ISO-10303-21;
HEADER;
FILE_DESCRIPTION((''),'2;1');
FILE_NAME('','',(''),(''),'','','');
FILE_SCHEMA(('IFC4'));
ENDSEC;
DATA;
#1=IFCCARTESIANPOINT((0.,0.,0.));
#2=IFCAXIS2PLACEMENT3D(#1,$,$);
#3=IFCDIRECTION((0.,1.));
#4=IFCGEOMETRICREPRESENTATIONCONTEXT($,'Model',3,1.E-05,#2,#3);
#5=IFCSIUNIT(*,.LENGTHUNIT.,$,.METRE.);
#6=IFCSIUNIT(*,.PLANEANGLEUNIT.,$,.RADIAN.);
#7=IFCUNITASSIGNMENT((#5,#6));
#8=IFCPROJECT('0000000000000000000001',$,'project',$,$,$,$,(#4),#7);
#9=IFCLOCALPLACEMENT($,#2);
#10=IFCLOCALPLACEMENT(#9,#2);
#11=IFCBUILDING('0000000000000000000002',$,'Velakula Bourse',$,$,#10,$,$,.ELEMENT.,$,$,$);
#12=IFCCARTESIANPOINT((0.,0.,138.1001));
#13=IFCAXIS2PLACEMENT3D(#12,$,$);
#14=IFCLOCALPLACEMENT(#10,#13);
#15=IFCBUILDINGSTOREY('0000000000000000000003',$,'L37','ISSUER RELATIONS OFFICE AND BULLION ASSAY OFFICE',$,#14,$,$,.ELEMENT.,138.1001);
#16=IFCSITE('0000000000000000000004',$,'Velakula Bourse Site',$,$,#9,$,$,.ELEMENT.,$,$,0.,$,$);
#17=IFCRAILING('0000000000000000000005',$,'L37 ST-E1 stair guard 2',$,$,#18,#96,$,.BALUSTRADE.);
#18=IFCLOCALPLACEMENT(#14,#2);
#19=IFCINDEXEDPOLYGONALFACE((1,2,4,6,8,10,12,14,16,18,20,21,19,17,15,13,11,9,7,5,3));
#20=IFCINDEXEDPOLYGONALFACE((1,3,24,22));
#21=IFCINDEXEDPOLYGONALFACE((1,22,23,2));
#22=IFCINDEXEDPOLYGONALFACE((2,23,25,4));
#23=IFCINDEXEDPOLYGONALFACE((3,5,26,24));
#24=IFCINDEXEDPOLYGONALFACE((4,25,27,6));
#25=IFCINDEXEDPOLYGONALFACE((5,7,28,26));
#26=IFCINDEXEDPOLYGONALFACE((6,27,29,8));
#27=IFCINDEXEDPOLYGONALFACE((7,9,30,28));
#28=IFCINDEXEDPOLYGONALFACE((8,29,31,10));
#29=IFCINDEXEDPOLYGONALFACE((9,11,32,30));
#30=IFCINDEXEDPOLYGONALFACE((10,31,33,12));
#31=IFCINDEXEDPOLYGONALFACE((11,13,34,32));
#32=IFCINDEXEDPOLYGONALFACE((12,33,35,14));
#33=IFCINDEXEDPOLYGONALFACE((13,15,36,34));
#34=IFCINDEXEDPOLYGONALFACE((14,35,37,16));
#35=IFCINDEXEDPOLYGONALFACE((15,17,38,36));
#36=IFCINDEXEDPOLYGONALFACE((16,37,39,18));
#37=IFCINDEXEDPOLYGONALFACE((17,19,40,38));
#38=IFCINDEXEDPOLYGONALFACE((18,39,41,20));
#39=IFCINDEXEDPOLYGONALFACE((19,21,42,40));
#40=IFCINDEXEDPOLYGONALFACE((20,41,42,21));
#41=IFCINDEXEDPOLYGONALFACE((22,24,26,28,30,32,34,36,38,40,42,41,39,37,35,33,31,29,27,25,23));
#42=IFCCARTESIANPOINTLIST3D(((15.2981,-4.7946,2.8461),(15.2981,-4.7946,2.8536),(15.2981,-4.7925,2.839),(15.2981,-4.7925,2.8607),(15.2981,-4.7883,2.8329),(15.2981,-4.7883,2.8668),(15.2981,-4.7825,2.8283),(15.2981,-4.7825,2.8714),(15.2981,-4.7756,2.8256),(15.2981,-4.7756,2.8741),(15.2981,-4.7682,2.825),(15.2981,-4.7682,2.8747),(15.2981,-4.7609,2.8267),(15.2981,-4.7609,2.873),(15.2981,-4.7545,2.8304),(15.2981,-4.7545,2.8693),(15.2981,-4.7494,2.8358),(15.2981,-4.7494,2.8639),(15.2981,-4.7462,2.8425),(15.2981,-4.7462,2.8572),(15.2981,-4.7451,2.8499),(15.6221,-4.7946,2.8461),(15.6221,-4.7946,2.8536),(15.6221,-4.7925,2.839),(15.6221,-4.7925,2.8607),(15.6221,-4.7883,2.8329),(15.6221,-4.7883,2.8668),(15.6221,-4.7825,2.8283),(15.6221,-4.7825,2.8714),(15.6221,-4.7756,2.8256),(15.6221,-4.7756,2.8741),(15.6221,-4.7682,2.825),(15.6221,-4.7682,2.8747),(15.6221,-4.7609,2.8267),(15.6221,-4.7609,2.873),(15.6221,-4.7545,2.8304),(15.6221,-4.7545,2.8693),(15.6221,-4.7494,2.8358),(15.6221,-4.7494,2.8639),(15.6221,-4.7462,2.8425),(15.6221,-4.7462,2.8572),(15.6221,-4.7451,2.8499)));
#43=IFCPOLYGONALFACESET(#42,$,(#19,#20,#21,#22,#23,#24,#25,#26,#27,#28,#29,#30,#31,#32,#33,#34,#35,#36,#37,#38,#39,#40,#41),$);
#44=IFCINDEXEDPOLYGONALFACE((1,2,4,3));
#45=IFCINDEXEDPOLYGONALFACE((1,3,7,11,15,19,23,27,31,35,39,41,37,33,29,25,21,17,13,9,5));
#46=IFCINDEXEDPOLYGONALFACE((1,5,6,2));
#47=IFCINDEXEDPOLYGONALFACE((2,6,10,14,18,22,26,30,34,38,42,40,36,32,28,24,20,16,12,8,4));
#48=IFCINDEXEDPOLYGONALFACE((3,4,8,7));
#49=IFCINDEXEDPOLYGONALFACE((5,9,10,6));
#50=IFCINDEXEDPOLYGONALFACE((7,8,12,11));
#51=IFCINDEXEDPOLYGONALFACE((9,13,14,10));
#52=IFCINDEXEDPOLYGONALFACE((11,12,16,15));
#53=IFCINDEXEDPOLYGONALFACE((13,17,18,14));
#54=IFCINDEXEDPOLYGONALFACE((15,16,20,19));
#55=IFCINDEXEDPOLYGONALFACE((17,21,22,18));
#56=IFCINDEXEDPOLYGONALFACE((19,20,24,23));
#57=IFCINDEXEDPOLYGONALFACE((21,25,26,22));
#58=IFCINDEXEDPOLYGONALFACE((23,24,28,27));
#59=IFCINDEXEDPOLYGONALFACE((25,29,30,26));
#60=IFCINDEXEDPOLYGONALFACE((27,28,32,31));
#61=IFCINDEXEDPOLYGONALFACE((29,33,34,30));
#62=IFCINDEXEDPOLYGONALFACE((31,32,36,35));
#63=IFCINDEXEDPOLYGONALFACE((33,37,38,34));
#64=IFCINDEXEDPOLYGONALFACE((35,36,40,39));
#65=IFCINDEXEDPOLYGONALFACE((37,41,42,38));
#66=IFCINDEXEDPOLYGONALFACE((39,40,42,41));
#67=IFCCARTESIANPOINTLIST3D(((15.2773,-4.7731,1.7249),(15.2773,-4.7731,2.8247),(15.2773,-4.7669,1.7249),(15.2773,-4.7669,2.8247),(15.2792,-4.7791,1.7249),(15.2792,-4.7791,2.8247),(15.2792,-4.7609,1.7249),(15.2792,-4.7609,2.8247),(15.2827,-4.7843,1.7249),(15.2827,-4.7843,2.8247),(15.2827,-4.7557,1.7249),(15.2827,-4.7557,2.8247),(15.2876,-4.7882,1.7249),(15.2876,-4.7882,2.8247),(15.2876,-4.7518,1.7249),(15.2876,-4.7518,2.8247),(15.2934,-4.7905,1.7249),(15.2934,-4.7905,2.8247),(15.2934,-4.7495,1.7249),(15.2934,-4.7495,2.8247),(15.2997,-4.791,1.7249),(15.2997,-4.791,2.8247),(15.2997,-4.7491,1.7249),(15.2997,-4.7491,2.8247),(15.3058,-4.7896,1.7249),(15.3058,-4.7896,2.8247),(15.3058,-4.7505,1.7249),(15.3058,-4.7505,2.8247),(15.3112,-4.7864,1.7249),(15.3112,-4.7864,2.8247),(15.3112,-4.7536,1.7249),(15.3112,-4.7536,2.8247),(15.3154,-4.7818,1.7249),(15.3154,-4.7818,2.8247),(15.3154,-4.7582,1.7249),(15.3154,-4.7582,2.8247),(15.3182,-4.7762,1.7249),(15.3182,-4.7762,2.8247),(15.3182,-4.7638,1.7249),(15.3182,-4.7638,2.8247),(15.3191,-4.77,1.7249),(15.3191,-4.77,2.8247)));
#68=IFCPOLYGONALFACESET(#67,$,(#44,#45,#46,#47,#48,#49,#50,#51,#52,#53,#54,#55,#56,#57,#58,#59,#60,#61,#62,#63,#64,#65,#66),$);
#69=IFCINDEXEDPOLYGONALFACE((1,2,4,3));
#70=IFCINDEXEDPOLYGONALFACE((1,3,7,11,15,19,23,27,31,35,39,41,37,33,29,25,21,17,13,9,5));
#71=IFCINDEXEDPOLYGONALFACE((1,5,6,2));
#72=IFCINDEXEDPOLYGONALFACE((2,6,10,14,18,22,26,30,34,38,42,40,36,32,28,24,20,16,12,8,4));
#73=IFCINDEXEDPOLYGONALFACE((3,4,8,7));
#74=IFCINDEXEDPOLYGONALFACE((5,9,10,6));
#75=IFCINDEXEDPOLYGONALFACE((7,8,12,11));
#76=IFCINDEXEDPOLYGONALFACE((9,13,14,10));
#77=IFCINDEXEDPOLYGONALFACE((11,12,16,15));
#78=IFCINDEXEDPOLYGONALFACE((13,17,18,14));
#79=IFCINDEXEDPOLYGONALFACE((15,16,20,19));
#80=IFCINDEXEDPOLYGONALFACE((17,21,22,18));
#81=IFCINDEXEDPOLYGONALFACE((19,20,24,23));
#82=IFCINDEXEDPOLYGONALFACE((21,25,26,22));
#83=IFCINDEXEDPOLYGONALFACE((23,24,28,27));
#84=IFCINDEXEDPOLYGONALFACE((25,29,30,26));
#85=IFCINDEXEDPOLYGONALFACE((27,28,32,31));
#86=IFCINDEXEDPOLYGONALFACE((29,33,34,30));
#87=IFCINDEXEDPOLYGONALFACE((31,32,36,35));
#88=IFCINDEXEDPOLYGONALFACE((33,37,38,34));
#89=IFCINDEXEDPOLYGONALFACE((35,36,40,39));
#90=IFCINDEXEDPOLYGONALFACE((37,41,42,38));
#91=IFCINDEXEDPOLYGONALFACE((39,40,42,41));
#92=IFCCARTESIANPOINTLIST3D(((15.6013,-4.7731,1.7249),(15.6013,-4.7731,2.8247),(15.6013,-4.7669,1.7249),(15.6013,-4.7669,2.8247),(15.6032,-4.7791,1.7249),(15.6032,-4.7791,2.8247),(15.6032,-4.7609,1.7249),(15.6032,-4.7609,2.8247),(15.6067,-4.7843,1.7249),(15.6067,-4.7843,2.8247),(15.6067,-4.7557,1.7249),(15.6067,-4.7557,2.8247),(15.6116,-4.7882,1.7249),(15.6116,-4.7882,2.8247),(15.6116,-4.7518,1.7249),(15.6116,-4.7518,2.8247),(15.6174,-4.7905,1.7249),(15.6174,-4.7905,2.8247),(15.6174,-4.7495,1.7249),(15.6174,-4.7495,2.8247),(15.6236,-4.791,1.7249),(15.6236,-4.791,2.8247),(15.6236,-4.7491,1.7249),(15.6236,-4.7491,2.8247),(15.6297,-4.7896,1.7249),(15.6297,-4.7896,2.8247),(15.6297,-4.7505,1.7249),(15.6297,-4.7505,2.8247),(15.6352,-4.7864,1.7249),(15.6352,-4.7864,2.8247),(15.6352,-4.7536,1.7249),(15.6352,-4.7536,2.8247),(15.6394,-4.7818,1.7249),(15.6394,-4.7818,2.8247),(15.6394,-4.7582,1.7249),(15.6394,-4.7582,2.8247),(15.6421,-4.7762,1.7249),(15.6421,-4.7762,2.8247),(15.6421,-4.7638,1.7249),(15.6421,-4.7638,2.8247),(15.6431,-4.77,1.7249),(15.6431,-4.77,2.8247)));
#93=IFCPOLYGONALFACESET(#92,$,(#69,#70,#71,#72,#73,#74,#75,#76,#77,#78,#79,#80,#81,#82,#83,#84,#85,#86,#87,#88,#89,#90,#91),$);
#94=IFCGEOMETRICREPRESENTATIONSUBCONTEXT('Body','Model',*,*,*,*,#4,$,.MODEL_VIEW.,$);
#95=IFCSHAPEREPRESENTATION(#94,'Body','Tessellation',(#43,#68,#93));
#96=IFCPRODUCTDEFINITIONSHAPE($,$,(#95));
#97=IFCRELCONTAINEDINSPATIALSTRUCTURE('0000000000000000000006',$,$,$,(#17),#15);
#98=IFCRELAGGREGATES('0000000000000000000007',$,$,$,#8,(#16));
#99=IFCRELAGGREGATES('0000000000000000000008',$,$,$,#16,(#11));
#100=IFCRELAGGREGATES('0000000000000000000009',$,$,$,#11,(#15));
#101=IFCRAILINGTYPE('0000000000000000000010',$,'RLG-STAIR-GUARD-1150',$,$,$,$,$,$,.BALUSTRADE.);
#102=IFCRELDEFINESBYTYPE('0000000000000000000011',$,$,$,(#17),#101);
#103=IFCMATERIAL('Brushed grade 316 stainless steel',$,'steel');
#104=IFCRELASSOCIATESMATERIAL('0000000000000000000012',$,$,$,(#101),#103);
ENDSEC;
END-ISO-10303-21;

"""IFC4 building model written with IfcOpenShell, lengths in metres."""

from ifc_helpers import new_model, si_unit, direction, frame, origin, origin_2d, place, context, subcontext, project, spatial, circle, extrude, material, type_object, element, save


model = new_model("IFC4")

# Units and contexts
model_context = context("Model", 3, precision=1e-05, world=origin(), true_north=direction((0.0, 1.0)))
body_context = subcontext(model_context, "Body", "Model", "MODEL_VIEW")
ifc_project = project(units=[si_unit("LENGTHUNIT", "METRE"), si_unit("PLANEANGLEUNIT", "RADIAN")], contexts=[model_context])

# Site, building, storey
site_placement = place(None, origin())
site = spatial("IfcSite", under=ifc_project, at=site_placement, Name="Velakula Bourse Site", CompositionType="ELEMENT", RefElevation=0.0)
building_placement = place(site_placement, origin())
building = spatial("IfcBuilding", under=site, at=building_placement, Name="Velakula Bourse", CompositionType="ELEMENT")
storey_placement = place(building_placement, frame((0.0, 0.0, 138.1001)))
storey = spatial("IfcBuildingStorey", under=building, at=storey_placement, Name="L37", Description="ISSUER RELATIONS OFFICE AND BULLION ASSAY OFFICE", CompositionType="ELEMENT", Elevation=138.1001)

# Shared definitions
ifc_material_1 = material(Name="Brushed grade 316 stainless steel", Category="steel")

# Railing
railing_type_1 = type_object("IfcRailingType", Name="RLG-STAIR-GUARD-1150", PredefinedType="BALUSTRADE", material=ifc_material_1)
railing_1_placement = place(storey_placement, frame((15.2981, -4.77, 1.7249)))
element("IfcRailing", 1, at=railing_1_placement, inside=storey, type_object=railing_type_1, Name="L37 ST-E1 stair guard 2", PredefinedType="BALUSTRADE", context=body_context, shape_type="SweptSolid", body=[
    extrude(circle(Radius=0.0249, at=origin_2d()), frame((0.0, 0.0, 1.125), z_axis=(1.0, 0.0, 0.0), x_axis=(0.0, 1.0, 0.0)), (0.0, 0.0, 1.0), 0.324),
    extrude(circle(Radius=0.021, at=origin_2d()), origin(), (0.0, 0.0, 1.0), 1.0999),
    extrude(circle(Radius=0.021, at=origin_2d()), frame((0.324, 0.0, 0.0)), (0.0, 0.0, 1.0), 1.0999),
])

save(model, "model.ifc")
